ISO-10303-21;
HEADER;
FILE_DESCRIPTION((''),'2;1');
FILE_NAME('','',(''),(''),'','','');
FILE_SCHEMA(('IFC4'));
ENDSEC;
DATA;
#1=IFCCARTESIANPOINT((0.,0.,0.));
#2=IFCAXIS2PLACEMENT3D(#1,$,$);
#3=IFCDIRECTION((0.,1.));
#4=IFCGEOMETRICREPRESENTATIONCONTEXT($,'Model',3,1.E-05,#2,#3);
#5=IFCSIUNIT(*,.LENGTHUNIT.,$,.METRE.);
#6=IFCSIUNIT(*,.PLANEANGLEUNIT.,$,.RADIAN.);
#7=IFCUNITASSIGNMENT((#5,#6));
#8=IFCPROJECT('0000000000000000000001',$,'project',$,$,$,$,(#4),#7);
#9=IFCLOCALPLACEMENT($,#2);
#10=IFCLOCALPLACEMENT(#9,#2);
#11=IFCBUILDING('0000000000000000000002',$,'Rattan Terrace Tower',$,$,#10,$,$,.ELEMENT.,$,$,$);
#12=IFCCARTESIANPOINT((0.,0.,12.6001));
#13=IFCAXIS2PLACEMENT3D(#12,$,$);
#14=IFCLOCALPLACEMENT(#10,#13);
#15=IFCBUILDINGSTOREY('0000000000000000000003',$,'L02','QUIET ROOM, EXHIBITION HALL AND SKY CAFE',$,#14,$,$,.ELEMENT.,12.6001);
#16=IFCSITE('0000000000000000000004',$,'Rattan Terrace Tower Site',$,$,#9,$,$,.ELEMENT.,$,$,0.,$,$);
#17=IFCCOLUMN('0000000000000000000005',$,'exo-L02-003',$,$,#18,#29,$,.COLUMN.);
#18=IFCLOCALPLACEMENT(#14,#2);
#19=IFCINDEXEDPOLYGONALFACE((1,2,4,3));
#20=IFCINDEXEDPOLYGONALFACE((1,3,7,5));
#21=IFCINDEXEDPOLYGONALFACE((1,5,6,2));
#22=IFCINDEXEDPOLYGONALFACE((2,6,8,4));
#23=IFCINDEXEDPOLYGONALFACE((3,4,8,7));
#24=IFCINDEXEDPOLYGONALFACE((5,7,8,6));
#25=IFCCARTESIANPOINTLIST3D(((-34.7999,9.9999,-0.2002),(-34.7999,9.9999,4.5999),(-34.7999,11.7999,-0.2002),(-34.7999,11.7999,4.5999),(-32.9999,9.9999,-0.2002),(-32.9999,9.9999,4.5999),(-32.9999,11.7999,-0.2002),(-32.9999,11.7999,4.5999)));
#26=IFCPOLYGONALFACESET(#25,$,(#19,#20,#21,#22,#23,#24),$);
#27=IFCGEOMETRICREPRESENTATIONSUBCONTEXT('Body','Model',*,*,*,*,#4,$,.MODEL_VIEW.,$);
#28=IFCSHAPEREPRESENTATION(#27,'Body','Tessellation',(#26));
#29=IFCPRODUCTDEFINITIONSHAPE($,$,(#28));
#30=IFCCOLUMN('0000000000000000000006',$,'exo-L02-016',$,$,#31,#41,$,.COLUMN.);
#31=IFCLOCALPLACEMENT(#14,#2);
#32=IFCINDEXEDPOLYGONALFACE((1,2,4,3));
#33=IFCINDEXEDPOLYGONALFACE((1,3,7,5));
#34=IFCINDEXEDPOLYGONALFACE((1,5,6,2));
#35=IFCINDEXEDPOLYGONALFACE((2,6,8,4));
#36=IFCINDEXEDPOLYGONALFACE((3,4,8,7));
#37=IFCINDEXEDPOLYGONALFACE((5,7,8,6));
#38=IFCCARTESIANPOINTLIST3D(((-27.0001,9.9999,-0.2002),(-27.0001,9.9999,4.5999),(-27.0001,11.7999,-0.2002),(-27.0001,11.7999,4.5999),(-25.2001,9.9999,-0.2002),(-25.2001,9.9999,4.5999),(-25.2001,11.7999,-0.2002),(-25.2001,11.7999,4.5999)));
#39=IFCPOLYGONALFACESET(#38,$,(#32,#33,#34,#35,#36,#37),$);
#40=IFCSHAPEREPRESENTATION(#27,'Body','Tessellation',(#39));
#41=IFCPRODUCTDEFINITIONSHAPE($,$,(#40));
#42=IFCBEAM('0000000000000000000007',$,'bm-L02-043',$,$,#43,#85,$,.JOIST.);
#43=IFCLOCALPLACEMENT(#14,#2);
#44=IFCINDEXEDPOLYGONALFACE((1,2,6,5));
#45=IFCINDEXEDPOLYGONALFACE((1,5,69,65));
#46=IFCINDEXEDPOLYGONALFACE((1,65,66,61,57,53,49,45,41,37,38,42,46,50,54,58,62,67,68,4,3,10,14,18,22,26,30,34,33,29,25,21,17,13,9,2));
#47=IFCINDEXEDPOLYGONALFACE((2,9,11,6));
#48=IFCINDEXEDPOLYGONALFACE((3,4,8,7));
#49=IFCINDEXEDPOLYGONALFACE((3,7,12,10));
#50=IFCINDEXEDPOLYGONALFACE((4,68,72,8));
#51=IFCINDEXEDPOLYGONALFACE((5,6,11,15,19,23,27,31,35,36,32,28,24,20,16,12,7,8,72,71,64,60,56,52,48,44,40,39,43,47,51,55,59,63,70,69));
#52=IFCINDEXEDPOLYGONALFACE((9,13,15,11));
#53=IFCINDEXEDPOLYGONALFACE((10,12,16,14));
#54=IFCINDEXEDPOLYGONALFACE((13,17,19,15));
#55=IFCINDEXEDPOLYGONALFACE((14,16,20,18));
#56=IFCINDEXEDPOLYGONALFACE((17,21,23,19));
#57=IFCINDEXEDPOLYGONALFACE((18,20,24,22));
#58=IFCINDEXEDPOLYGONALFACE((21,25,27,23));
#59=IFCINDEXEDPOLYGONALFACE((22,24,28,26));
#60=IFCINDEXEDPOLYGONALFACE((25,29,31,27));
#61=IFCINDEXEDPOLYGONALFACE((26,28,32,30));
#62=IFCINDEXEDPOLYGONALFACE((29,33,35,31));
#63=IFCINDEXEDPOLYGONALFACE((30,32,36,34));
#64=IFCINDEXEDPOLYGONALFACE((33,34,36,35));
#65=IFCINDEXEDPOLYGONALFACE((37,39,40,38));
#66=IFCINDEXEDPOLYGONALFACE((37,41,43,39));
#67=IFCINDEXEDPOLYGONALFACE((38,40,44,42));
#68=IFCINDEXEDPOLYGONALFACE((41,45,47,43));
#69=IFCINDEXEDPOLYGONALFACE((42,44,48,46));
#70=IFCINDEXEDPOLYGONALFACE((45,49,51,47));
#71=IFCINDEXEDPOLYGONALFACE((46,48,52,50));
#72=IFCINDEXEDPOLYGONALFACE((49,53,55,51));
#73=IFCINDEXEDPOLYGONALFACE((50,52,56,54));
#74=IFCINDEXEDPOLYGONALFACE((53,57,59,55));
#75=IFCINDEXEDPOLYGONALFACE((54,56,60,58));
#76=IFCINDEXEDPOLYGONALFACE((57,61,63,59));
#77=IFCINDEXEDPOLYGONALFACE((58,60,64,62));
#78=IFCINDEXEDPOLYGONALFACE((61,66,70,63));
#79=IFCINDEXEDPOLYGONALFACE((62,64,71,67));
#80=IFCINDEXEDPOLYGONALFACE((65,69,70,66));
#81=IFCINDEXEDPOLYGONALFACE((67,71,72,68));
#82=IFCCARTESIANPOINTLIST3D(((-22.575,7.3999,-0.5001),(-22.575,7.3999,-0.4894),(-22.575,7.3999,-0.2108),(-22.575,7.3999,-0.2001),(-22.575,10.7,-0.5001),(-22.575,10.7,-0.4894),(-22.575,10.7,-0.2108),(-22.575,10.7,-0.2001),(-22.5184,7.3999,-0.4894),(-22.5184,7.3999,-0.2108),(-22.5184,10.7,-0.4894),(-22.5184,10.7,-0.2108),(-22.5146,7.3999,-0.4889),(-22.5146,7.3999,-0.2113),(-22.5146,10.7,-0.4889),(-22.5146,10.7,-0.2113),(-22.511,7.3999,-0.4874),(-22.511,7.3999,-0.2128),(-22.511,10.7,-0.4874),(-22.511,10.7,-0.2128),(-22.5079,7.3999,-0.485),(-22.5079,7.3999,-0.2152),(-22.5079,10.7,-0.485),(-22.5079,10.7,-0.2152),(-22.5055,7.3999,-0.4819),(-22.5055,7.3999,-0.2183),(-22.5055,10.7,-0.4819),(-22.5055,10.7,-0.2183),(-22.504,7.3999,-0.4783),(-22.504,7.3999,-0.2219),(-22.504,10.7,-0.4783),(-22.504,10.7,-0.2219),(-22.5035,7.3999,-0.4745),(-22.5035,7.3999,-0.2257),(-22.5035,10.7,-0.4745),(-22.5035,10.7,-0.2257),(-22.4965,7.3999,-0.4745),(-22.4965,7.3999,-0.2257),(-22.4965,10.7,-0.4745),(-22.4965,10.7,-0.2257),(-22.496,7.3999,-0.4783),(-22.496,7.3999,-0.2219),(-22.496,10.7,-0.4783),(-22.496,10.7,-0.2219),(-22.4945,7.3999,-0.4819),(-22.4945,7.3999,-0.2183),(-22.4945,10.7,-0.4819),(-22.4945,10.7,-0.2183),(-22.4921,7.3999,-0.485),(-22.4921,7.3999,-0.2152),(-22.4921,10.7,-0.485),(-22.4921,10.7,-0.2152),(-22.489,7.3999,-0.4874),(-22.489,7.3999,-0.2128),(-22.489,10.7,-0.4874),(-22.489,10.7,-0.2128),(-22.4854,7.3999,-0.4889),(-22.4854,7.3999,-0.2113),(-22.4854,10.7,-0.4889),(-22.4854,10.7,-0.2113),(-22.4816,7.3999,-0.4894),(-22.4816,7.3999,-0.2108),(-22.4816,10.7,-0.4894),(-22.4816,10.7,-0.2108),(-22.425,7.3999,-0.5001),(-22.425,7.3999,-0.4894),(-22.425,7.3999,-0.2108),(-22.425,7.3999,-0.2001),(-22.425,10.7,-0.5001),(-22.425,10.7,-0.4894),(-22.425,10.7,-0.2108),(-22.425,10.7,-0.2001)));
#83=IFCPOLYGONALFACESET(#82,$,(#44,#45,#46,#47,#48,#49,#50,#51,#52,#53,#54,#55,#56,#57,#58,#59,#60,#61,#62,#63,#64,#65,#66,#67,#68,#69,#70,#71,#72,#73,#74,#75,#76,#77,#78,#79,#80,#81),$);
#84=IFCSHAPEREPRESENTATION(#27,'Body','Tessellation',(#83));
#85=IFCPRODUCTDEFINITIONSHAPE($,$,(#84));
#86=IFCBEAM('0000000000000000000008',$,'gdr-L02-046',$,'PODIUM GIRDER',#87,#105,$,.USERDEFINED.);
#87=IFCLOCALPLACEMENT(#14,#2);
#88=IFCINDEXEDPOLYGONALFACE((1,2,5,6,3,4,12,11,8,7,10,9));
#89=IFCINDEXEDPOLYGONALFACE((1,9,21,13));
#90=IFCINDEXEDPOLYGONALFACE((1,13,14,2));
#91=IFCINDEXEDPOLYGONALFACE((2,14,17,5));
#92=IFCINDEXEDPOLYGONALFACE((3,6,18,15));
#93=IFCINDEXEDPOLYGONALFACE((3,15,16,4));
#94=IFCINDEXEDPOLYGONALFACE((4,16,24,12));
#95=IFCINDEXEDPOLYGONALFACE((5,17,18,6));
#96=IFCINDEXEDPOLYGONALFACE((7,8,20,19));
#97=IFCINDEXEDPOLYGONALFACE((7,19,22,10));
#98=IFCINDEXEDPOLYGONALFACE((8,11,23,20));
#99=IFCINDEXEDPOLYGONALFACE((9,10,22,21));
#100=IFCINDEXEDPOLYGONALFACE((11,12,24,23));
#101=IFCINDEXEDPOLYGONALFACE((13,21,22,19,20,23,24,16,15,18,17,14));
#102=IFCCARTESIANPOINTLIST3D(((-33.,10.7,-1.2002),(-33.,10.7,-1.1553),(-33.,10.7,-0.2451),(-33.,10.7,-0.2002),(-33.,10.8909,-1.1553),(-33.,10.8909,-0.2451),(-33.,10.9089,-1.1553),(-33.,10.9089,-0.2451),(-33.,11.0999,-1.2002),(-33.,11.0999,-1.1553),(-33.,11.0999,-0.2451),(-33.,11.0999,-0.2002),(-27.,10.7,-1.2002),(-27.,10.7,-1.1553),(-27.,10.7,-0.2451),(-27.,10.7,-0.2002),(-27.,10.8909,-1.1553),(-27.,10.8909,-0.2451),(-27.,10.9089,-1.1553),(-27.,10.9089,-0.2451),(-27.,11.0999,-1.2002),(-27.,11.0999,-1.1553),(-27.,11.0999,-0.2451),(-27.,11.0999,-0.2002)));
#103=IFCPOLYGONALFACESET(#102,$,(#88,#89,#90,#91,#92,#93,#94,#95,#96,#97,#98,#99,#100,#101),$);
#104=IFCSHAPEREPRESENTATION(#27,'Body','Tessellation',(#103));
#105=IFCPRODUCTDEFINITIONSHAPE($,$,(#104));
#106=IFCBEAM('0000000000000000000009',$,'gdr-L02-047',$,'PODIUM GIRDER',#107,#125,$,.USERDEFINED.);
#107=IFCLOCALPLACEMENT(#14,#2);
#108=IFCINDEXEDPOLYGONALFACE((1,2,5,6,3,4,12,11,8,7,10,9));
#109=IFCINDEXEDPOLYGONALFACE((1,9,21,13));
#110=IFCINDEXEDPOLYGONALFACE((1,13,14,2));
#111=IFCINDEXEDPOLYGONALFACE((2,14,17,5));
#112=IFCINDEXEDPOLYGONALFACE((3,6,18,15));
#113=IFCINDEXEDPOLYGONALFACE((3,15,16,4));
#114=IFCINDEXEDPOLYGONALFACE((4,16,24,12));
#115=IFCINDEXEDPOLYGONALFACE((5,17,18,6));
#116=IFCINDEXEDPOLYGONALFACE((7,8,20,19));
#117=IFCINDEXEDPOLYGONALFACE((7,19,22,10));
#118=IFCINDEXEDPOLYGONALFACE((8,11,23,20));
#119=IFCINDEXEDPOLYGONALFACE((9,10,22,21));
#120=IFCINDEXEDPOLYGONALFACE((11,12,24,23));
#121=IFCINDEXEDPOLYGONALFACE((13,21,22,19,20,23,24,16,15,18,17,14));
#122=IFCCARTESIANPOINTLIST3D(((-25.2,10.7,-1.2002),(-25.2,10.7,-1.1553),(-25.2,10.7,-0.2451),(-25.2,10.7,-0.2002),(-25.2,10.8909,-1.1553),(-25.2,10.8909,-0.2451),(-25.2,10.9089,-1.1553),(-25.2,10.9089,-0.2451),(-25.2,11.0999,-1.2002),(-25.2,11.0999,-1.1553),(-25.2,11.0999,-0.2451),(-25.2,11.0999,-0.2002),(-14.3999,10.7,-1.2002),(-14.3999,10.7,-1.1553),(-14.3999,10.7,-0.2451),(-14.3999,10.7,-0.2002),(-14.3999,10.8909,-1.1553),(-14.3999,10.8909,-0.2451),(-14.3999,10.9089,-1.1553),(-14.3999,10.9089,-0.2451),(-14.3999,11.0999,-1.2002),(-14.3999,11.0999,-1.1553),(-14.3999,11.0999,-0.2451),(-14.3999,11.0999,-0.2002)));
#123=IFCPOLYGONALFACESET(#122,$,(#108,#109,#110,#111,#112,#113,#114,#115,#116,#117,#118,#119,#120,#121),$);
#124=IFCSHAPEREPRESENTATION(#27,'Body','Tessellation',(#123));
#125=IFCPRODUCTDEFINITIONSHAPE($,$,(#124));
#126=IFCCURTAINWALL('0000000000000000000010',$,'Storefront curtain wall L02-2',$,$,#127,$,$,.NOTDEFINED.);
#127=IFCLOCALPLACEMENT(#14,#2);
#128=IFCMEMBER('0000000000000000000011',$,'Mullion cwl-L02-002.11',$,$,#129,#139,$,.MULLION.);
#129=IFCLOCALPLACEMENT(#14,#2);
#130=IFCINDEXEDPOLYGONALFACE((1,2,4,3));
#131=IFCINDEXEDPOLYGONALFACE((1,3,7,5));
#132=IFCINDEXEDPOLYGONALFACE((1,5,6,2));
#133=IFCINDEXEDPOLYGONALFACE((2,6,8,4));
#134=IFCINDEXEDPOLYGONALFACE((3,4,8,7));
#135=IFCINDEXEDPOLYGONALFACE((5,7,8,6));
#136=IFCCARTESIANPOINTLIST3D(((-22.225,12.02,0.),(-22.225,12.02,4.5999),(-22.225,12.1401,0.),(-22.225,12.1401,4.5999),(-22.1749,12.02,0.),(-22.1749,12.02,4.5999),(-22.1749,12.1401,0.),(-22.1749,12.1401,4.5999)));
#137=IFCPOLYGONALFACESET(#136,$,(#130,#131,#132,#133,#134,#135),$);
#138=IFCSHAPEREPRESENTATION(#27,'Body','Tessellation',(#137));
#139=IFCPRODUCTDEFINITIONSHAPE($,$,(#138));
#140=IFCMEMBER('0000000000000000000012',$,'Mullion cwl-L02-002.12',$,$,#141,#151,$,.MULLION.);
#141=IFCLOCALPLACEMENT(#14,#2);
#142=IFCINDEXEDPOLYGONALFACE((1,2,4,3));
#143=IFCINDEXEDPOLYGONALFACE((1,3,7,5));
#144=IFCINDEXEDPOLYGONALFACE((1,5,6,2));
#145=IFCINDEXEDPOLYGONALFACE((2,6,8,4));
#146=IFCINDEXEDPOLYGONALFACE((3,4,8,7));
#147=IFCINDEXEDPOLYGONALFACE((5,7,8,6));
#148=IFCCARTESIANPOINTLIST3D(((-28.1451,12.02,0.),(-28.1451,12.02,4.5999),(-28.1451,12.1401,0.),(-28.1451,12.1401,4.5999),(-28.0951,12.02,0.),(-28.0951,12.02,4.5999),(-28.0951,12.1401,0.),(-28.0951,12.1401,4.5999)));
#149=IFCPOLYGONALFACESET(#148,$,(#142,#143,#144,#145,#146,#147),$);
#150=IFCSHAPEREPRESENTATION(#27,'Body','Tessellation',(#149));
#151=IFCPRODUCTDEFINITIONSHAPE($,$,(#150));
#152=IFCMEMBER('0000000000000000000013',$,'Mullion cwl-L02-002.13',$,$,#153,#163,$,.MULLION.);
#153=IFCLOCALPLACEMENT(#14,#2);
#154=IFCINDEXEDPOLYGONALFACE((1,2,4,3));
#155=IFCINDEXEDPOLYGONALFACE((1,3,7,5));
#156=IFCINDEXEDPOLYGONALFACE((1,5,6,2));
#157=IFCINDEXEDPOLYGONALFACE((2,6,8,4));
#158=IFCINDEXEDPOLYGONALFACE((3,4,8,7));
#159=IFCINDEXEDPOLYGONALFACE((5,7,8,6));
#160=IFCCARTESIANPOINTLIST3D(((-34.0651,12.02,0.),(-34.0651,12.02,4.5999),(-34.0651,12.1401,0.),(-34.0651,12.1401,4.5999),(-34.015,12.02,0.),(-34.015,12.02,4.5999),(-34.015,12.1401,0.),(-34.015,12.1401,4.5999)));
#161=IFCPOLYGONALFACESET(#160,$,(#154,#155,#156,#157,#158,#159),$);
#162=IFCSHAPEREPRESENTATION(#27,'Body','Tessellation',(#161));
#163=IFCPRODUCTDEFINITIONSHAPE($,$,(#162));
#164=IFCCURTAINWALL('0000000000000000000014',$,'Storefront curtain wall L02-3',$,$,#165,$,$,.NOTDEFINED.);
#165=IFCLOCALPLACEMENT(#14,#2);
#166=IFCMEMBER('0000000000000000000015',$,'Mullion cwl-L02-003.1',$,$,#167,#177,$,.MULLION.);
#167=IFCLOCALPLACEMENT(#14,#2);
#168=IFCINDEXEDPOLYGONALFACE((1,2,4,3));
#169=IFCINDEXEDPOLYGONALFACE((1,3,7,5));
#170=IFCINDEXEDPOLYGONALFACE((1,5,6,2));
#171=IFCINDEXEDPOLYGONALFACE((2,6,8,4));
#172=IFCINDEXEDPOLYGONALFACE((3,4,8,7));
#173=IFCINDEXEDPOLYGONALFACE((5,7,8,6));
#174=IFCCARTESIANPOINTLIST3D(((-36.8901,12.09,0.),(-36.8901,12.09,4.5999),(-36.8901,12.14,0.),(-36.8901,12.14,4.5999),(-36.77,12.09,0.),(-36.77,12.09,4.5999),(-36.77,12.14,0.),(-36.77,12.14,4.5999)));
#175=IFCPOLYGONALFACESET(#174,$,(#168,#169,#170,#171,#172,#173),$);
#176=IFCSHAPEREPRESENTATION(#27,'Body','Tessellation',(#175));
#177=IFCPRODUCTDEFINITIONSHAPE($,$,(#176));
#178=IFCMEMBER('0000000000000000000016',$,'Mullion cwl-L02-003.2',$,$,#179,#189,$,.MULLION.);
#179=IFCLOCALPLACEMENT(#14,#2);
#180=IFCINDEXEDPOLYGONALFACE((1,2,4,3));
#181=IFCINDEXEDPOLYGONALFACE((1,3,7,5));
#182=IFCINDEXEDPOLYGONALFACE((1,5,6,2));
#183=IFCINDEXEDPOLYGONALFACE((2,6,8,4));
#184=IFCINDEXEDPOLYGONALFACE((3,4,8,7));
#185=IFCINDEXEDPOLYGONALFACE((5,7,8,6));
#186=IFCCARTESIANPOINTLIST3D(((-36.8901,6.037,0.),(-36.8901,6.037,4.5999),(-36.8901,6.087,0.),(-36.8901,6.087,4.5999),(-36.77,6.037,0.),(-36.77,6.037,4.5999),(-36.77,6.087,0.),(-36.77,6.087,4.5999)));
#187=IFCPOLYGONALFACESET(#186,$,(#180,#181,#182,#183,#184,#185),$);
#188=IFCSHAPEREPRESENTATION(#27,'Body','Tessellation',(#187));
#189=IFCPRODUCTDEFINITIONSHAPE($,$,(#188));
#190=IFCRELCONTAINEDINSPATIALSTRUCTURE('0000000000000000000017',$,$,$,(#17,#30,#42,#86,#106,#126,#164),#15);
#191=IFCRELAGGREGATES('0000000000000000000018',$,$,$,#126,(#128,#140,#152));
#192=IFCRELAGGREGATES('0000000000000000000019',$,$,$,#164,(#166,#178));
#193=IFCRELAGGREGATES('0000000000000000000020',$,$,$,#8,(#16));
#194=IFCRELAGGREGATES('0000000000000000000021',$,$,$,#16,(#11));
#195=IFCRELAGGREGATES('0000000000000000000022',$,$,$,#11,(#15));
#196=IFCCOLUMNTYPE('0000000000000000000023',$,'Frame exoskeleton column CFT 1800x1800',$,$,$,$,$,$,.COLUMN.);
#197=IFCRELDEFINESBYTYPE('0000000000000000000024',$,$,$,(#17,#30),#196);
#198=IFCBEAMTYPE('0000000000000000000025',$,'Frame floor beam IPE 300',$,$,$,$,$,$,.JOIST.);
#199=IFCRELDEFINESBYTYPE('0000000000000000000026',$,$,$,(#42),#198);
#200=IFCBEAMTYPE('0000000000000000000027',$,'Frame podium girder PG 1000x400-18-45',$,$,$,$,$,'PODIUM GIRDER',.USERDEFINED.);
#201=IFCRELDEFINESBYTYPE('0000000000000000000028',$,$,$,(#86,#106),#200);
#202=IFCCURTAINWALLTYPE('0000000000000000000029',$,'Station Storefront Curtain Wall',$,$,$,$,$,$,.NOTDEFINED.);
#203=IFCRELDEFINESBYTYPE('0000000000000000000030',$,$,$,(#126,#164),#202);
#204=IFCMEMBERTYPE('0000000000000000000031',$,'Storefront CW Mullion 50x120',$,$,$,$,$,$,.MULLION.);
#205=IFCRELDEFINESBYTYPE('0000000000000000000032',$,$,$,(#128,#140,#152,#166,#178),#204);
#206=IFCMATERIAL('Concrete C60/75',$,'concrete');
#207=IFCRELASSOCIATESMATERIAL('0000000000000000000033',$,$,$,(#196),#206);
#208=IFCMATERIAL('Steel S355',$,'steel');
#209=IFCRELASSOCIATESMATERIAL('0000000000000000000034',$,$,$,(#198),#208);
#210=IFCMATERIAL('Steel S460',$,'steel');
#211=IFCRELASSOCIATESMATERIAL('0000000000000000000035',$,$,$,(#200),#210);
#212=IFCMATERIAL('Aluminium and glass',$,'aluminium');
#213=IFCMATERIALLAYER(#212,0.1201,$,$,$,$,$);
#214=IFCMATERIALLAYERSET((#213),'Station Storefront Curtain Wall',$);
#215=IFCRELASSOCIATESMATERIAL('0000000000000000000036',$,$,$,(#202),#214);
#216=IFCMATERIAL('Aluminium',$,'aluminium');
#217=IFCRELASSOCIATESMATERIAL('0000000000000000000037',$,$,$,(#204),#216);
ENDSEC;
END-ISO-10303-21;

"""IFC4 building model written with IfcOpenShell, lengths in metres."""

from ifc_helpers import new_model, si_unit, direction, frame, origin, origin_2d, place, context, subcontext, project, spatial, rectangle, i_section, extrude, material, layer, layer_set, material_profile, profile_set, type_object, element, aggregate, save


model = new_model("IFC4")

# Units and contexts
model_context = context("Model", 3, precision=1e-05, world=origin(), true_north=direction((0.0, 1.0)))
body_context = subcontext(model_context, "Body", "Model", "MODEL_VIEW")
ifc_project = project(units=[si_unit("LENGTHUNIT", "METRE"), si_unit("PLANEANGLEUNIT", "RADIAN")], contexts=[model_context])

# Site, building, storey
site_placement = place(None, origin())
site = spatial("IfcSite", under=ifc_project, at=site_placement, Name="Rattan Terrace Tower Site", CompositionType="ELEMENT", RefElevation=0.0)
building_placement = place(site_placement, origin())
building = spatial("IfcBuilding", under=site, at=building_placement, Name="Rattan Terrace Tower", CompositionType="ELEMENT")
storey_placement = place(building_placement, frame((0.0, 0.0, 12.6001)))
storey = spatial("IfcBuildingStorey", under=building, at=storey_placement, Name="L02", Description="QUIET ROOM, EXHIBITION HALL AND SKY CAFE", CompositionType="ELEMENT", Elevation=12.6001)

# Columns
ifc_material_1 = material(Name="Concrete C60/75", Category="concrete")
ifc_material_profile_1 = material_profile(ifc_material_1, rectangle(XDim=1.8, YDim=1.8, at=origin_2d()), Name="CFT 1800x1800")
ifc_profile_set_1 = profile_set([ifc_material_profile_1], Name="Concrete C60/75")
column_type = type_object("IfcColumnType", Name="Frame exoskeleton column CFT 1800x1800", PredefinedType="COLUMN", material=ifc_profile_set_1)
for number, where, z_axis, x_axis, name in (
    (1, (-33.8999, 10.8999, -0.2002), (0.0, 0.0, 1.0), (1.0, 0.0, 0.0), "exo-L02-003"),
    (2, (-26.1001, 10.8999, -0.2002), (0.0, 0.0, 1.0), (1.0, 0.0, 0.0), "exo-L02-016"),
):
    element("IfcColumn", number, at=place(storey_placement, frame(where, z_axis=z_axis, x_axis=x_axis)), inside=storey, type_object=column_type, Name=name, PredefinedType="COLUMN", context=body_context, shape_type="SweptSolid", body=[
        extrude(rectangle(XDim=1.8, YDim=1.8, at=origin_2d()), origin(), (0.0, 0.0, 1.0), 4.8),
    ])

# Beams
ifc_material_2 = material(Name="Steel S355", Category="steel")
ifc_material_profile_2 = material_profile(ifc_material_2, i_section(OverallWidth=0.1499, OverallDepth=0.3, WebThickness=0.0071, FlangeThickness=0.0107, FilletRadius=0.0149, at=origin_2d()), Name="IPE 300")
ifc_profile_set_2 = profile_set([ifc_material_profile_2], Name="Steel S355")
beam_type_1 = type_object("IfcBeamType", Name="Frame floor beam IPE 300", PredefinedType="JOIST", material=ifc_profile_set_2)
beam_1_placement = place(storey_placement, frame((-22.5, 7.3999, -0.3501), z_axis=(0.0, 1.0, 0.0), x_axis=(-1.0, 0.0, 0.0)))
element("IfcBeam", 3, at=beam_1_placement, inside=storey, type_object=beam_type_1, Name="bm-L02-043", PredefinedType="JOIST", context=body_context, shape_type="SweptSolid", body=[
    extrude(i_section(OverallWidth=0.1499, OverallDepth=0.3, WebThickness=0.0071, FlangeThickness=0.0107, FilletRadius=0.0149, at=origin_2d()), origin(), (0.0, 0.0, 1.0), 3.3),
])
ifc_material_3 = material(Name="Steel S460", Category="steel")
ifc_material_profile_3 = material_profile(ifc_material_3, i_section(OverallWidth=0.3999, OverallDepth=1.0, WebThickness=0.0181, FlangeThickness=0.0449, at=origin_2d()), Name="PG 1000x400-18-45")
ifc_profile_set_3 = profile_set([ifc_material_profile_3], Name="Steel S460")
beam_type_2 = type_object("IfcBeamType", Name="Frame podium girder PG 1000x400-18-45", ElementType="PODIUM GIRDER", PredefinedType="USERDEFINED", material=ifc_profile_set_3)
beam_2_placement = place(storey_placement, frame((-33.0, 10.8999, -0.7002), z_axis=(1.0, 0.0, 0.0), x_axis=(0.0, 1.0, 0.0)))
element("IfcBeam", 4, at=beam_2_placement, inside=storey, type_object=beam_type_2, Name="gdr-L02-046", ObjectType="PODIUM GIRDER", PredefinedType="USERDEFINED", context=body_context, shape_type="SweptSolid", body=[
    extrude(i_section(OverallWidth=0.3999, OverallDepth=1.0, WebThickness=0.0181, FlangeThickness=0.0449, at=origin_2d()), origin(), (0.0, 0.0, 1.0), 6.0),
])
beam_3_placement = place(storey_placement, frame((-25.2, 10.8999, -0.7002), z_axis=(1.0, 0.0, 0.0), x_axis=(0.0, 1.0, 0.0)))
element("IfcBeam", 5, at=beam_3_placement, inside=storey, type_object=beam_type_2, Name="gdr-L02-047", ObjectType="PODIUM GIRDER", PredefinedType="USERDEFINED", context=body_context, shape_type="SweptSolid", body=[
    extrude(i_section(OverallWidth=0.3999, OverallDepth=1.0, WebThickness=0.0181, FlangeThickness=0.0449, at=origin_2d()), origin(), (0.0, 0.0, 1.0), 10.8),
])

# Curtain walls, members
ifc_material_4 = material(Name="Aluminium and glass", Category="aluminium")
ifc_layer_1 = layer(ifc_material_4, 0.1201)
ifc_layer_set_1 = layer_set([ifc_layer_1], Name="Station Storefront Curtain Wall")
curtain_wall_type = type_object("IfcCurtainWallType", Name="Station Storefront Curtain Wall", PredefinedType="NOTDEFINED", material=ifc_layer_set_1)
curtain_wall_1_placement = place(storey_placement, origin())
curtain_wall_1 = element("IfcCurtainWall", 6, at=curtain_wall_1_placement, inside=storey, type_object=curtain_wall_type, Name="Storefront curtain wall L02-2", PredefinedType="NOTDEFINED")
ifc_material_5 = material(Name="Aluminium", Category="aluminium")
ifc_material_profile_4 = material_profile(ifc_material_5, rectangle(XDim=0.05, YDim=0.1201, at=origin_2d()), Name="Aluminium 50x120")
ifc_profile_set_4 = profile_set([ifc_material_profile_4], Name="Aluminium")
member_type_1 = type_object("IfcMemberType", Name="Storefront CW Mullion 50x120", PredefinedType="MULLION", material=ifc_profile_set_4)
member_1_placement = place(storey_placement, frame((-22.2, 12.0801, 0.0), z_axis=(0.0, 0.0, 1.0), x_axis=(-1.0, 0.0, 0.0)))
member_1 = element("IfcMember", 7, at=member_1_placement, type_object=member_type_1, Name="Mullion cwl-L02-002.11", PredefinedType="MULLION", context=body_context, shape_type="SweptSolid", body=[
    extrude(rectangle(XDim=0.05, YDim=0.1201, at=origin_2d()), origin(), (0.0, 0.0, 1.0), 4.5999),
])
member_2_placement = place(storey_placement, frame((-28.1201, 12.0801, 0.0), z_axis=(0.0, 0.0, 1.0), x_axis=(-1.0, 0.0, 0.0)))
member_2 = element("IfcMember", 8, at=member_2_placement, type_object=member_type_1, Name="Mullion cwl-L02-002.12", PredefinedType="MULLION", context=body_context, shape_type="SweptSolid", body=[
    extrude(rectangle(XDim=0.05, YDim=0.1201, at=origin_2d()), origin(), (0.0, 0.0, 1.0), 4.5999),
])
member_3_placement = place(storey_placement, frame((-34.04, 12.0801, 0.0), z_axis=(0.0, 0.0, 1.0), x_axis=(-1.0, 0.0, 0.0)))
member_3 = element("IfcMember", 9, at=member_3_placement, type_object=member_type_1, Name="Mullion cwl-L02-002.13", PredefinedType="MULLION", context=body_context, shape_type="SweptSolid", body=[
    extrude(rectangle(XDim=0.05, YDim=0.1201, at=origin_2d()), origin(), (0.0, 0.0, 1.0), 4.5999),
])
curtain_wall_2_placement = place(storey_placement, origin())
curtain_wall_2 = element("IfcCurtainWall", 10, at=curtain_wall_2_placement, inside=storey, type_object=curtain_wall_type, Name="Storefront curtain wall L02-3", PredefinedType="NOTDEFINED")
member_4_placement = place(storey_placement, frame((-36.8301, 12.115, 0.0), z_axis=(0.0, 0.0, 1.0), x_axis=(0.0, -1.0, 0.0)))
member_4 = element("IfcMember", 11, at=member_4_placement, type_object=member_type_1, Name="Mullion cwl-L02-003.1", PredefinedType="MULLION", context=body_context, shape_type="SweptSolid", body=[
    extrude(rectangle(XDim=0.05, YDim=0.1201, at=origin_2d()), origin(), (0.0, 0.0, 1.0), 4.5999),
])
member_5_placement = place(storey_placement, frame((-36.8301, 6.062, 0.0), z_axis=(0.0, 0.0, 1.0), x_axis=(0.0, -1.0, 0.0)))
member_5 = element("IfcMember", 12, at=member_5_placement, type_object=member_type_1, Name="Mullion cwl-L02-003.2", PredefinedType="MULLION", context=body_context, shape_type="SweptSolid", body=[
    extrude(rectangle(XDim=0.05, YDim=0.1201, at=origin_2d()), origin(), (0.0, 0.0, 1.0), 4.5999),
])

aggregate(curtain_wall_1, [member_1, member_2, member_3])
aggregate(curtain_wall_2, [member_4, member_5])

save(model, "model.ifc")
